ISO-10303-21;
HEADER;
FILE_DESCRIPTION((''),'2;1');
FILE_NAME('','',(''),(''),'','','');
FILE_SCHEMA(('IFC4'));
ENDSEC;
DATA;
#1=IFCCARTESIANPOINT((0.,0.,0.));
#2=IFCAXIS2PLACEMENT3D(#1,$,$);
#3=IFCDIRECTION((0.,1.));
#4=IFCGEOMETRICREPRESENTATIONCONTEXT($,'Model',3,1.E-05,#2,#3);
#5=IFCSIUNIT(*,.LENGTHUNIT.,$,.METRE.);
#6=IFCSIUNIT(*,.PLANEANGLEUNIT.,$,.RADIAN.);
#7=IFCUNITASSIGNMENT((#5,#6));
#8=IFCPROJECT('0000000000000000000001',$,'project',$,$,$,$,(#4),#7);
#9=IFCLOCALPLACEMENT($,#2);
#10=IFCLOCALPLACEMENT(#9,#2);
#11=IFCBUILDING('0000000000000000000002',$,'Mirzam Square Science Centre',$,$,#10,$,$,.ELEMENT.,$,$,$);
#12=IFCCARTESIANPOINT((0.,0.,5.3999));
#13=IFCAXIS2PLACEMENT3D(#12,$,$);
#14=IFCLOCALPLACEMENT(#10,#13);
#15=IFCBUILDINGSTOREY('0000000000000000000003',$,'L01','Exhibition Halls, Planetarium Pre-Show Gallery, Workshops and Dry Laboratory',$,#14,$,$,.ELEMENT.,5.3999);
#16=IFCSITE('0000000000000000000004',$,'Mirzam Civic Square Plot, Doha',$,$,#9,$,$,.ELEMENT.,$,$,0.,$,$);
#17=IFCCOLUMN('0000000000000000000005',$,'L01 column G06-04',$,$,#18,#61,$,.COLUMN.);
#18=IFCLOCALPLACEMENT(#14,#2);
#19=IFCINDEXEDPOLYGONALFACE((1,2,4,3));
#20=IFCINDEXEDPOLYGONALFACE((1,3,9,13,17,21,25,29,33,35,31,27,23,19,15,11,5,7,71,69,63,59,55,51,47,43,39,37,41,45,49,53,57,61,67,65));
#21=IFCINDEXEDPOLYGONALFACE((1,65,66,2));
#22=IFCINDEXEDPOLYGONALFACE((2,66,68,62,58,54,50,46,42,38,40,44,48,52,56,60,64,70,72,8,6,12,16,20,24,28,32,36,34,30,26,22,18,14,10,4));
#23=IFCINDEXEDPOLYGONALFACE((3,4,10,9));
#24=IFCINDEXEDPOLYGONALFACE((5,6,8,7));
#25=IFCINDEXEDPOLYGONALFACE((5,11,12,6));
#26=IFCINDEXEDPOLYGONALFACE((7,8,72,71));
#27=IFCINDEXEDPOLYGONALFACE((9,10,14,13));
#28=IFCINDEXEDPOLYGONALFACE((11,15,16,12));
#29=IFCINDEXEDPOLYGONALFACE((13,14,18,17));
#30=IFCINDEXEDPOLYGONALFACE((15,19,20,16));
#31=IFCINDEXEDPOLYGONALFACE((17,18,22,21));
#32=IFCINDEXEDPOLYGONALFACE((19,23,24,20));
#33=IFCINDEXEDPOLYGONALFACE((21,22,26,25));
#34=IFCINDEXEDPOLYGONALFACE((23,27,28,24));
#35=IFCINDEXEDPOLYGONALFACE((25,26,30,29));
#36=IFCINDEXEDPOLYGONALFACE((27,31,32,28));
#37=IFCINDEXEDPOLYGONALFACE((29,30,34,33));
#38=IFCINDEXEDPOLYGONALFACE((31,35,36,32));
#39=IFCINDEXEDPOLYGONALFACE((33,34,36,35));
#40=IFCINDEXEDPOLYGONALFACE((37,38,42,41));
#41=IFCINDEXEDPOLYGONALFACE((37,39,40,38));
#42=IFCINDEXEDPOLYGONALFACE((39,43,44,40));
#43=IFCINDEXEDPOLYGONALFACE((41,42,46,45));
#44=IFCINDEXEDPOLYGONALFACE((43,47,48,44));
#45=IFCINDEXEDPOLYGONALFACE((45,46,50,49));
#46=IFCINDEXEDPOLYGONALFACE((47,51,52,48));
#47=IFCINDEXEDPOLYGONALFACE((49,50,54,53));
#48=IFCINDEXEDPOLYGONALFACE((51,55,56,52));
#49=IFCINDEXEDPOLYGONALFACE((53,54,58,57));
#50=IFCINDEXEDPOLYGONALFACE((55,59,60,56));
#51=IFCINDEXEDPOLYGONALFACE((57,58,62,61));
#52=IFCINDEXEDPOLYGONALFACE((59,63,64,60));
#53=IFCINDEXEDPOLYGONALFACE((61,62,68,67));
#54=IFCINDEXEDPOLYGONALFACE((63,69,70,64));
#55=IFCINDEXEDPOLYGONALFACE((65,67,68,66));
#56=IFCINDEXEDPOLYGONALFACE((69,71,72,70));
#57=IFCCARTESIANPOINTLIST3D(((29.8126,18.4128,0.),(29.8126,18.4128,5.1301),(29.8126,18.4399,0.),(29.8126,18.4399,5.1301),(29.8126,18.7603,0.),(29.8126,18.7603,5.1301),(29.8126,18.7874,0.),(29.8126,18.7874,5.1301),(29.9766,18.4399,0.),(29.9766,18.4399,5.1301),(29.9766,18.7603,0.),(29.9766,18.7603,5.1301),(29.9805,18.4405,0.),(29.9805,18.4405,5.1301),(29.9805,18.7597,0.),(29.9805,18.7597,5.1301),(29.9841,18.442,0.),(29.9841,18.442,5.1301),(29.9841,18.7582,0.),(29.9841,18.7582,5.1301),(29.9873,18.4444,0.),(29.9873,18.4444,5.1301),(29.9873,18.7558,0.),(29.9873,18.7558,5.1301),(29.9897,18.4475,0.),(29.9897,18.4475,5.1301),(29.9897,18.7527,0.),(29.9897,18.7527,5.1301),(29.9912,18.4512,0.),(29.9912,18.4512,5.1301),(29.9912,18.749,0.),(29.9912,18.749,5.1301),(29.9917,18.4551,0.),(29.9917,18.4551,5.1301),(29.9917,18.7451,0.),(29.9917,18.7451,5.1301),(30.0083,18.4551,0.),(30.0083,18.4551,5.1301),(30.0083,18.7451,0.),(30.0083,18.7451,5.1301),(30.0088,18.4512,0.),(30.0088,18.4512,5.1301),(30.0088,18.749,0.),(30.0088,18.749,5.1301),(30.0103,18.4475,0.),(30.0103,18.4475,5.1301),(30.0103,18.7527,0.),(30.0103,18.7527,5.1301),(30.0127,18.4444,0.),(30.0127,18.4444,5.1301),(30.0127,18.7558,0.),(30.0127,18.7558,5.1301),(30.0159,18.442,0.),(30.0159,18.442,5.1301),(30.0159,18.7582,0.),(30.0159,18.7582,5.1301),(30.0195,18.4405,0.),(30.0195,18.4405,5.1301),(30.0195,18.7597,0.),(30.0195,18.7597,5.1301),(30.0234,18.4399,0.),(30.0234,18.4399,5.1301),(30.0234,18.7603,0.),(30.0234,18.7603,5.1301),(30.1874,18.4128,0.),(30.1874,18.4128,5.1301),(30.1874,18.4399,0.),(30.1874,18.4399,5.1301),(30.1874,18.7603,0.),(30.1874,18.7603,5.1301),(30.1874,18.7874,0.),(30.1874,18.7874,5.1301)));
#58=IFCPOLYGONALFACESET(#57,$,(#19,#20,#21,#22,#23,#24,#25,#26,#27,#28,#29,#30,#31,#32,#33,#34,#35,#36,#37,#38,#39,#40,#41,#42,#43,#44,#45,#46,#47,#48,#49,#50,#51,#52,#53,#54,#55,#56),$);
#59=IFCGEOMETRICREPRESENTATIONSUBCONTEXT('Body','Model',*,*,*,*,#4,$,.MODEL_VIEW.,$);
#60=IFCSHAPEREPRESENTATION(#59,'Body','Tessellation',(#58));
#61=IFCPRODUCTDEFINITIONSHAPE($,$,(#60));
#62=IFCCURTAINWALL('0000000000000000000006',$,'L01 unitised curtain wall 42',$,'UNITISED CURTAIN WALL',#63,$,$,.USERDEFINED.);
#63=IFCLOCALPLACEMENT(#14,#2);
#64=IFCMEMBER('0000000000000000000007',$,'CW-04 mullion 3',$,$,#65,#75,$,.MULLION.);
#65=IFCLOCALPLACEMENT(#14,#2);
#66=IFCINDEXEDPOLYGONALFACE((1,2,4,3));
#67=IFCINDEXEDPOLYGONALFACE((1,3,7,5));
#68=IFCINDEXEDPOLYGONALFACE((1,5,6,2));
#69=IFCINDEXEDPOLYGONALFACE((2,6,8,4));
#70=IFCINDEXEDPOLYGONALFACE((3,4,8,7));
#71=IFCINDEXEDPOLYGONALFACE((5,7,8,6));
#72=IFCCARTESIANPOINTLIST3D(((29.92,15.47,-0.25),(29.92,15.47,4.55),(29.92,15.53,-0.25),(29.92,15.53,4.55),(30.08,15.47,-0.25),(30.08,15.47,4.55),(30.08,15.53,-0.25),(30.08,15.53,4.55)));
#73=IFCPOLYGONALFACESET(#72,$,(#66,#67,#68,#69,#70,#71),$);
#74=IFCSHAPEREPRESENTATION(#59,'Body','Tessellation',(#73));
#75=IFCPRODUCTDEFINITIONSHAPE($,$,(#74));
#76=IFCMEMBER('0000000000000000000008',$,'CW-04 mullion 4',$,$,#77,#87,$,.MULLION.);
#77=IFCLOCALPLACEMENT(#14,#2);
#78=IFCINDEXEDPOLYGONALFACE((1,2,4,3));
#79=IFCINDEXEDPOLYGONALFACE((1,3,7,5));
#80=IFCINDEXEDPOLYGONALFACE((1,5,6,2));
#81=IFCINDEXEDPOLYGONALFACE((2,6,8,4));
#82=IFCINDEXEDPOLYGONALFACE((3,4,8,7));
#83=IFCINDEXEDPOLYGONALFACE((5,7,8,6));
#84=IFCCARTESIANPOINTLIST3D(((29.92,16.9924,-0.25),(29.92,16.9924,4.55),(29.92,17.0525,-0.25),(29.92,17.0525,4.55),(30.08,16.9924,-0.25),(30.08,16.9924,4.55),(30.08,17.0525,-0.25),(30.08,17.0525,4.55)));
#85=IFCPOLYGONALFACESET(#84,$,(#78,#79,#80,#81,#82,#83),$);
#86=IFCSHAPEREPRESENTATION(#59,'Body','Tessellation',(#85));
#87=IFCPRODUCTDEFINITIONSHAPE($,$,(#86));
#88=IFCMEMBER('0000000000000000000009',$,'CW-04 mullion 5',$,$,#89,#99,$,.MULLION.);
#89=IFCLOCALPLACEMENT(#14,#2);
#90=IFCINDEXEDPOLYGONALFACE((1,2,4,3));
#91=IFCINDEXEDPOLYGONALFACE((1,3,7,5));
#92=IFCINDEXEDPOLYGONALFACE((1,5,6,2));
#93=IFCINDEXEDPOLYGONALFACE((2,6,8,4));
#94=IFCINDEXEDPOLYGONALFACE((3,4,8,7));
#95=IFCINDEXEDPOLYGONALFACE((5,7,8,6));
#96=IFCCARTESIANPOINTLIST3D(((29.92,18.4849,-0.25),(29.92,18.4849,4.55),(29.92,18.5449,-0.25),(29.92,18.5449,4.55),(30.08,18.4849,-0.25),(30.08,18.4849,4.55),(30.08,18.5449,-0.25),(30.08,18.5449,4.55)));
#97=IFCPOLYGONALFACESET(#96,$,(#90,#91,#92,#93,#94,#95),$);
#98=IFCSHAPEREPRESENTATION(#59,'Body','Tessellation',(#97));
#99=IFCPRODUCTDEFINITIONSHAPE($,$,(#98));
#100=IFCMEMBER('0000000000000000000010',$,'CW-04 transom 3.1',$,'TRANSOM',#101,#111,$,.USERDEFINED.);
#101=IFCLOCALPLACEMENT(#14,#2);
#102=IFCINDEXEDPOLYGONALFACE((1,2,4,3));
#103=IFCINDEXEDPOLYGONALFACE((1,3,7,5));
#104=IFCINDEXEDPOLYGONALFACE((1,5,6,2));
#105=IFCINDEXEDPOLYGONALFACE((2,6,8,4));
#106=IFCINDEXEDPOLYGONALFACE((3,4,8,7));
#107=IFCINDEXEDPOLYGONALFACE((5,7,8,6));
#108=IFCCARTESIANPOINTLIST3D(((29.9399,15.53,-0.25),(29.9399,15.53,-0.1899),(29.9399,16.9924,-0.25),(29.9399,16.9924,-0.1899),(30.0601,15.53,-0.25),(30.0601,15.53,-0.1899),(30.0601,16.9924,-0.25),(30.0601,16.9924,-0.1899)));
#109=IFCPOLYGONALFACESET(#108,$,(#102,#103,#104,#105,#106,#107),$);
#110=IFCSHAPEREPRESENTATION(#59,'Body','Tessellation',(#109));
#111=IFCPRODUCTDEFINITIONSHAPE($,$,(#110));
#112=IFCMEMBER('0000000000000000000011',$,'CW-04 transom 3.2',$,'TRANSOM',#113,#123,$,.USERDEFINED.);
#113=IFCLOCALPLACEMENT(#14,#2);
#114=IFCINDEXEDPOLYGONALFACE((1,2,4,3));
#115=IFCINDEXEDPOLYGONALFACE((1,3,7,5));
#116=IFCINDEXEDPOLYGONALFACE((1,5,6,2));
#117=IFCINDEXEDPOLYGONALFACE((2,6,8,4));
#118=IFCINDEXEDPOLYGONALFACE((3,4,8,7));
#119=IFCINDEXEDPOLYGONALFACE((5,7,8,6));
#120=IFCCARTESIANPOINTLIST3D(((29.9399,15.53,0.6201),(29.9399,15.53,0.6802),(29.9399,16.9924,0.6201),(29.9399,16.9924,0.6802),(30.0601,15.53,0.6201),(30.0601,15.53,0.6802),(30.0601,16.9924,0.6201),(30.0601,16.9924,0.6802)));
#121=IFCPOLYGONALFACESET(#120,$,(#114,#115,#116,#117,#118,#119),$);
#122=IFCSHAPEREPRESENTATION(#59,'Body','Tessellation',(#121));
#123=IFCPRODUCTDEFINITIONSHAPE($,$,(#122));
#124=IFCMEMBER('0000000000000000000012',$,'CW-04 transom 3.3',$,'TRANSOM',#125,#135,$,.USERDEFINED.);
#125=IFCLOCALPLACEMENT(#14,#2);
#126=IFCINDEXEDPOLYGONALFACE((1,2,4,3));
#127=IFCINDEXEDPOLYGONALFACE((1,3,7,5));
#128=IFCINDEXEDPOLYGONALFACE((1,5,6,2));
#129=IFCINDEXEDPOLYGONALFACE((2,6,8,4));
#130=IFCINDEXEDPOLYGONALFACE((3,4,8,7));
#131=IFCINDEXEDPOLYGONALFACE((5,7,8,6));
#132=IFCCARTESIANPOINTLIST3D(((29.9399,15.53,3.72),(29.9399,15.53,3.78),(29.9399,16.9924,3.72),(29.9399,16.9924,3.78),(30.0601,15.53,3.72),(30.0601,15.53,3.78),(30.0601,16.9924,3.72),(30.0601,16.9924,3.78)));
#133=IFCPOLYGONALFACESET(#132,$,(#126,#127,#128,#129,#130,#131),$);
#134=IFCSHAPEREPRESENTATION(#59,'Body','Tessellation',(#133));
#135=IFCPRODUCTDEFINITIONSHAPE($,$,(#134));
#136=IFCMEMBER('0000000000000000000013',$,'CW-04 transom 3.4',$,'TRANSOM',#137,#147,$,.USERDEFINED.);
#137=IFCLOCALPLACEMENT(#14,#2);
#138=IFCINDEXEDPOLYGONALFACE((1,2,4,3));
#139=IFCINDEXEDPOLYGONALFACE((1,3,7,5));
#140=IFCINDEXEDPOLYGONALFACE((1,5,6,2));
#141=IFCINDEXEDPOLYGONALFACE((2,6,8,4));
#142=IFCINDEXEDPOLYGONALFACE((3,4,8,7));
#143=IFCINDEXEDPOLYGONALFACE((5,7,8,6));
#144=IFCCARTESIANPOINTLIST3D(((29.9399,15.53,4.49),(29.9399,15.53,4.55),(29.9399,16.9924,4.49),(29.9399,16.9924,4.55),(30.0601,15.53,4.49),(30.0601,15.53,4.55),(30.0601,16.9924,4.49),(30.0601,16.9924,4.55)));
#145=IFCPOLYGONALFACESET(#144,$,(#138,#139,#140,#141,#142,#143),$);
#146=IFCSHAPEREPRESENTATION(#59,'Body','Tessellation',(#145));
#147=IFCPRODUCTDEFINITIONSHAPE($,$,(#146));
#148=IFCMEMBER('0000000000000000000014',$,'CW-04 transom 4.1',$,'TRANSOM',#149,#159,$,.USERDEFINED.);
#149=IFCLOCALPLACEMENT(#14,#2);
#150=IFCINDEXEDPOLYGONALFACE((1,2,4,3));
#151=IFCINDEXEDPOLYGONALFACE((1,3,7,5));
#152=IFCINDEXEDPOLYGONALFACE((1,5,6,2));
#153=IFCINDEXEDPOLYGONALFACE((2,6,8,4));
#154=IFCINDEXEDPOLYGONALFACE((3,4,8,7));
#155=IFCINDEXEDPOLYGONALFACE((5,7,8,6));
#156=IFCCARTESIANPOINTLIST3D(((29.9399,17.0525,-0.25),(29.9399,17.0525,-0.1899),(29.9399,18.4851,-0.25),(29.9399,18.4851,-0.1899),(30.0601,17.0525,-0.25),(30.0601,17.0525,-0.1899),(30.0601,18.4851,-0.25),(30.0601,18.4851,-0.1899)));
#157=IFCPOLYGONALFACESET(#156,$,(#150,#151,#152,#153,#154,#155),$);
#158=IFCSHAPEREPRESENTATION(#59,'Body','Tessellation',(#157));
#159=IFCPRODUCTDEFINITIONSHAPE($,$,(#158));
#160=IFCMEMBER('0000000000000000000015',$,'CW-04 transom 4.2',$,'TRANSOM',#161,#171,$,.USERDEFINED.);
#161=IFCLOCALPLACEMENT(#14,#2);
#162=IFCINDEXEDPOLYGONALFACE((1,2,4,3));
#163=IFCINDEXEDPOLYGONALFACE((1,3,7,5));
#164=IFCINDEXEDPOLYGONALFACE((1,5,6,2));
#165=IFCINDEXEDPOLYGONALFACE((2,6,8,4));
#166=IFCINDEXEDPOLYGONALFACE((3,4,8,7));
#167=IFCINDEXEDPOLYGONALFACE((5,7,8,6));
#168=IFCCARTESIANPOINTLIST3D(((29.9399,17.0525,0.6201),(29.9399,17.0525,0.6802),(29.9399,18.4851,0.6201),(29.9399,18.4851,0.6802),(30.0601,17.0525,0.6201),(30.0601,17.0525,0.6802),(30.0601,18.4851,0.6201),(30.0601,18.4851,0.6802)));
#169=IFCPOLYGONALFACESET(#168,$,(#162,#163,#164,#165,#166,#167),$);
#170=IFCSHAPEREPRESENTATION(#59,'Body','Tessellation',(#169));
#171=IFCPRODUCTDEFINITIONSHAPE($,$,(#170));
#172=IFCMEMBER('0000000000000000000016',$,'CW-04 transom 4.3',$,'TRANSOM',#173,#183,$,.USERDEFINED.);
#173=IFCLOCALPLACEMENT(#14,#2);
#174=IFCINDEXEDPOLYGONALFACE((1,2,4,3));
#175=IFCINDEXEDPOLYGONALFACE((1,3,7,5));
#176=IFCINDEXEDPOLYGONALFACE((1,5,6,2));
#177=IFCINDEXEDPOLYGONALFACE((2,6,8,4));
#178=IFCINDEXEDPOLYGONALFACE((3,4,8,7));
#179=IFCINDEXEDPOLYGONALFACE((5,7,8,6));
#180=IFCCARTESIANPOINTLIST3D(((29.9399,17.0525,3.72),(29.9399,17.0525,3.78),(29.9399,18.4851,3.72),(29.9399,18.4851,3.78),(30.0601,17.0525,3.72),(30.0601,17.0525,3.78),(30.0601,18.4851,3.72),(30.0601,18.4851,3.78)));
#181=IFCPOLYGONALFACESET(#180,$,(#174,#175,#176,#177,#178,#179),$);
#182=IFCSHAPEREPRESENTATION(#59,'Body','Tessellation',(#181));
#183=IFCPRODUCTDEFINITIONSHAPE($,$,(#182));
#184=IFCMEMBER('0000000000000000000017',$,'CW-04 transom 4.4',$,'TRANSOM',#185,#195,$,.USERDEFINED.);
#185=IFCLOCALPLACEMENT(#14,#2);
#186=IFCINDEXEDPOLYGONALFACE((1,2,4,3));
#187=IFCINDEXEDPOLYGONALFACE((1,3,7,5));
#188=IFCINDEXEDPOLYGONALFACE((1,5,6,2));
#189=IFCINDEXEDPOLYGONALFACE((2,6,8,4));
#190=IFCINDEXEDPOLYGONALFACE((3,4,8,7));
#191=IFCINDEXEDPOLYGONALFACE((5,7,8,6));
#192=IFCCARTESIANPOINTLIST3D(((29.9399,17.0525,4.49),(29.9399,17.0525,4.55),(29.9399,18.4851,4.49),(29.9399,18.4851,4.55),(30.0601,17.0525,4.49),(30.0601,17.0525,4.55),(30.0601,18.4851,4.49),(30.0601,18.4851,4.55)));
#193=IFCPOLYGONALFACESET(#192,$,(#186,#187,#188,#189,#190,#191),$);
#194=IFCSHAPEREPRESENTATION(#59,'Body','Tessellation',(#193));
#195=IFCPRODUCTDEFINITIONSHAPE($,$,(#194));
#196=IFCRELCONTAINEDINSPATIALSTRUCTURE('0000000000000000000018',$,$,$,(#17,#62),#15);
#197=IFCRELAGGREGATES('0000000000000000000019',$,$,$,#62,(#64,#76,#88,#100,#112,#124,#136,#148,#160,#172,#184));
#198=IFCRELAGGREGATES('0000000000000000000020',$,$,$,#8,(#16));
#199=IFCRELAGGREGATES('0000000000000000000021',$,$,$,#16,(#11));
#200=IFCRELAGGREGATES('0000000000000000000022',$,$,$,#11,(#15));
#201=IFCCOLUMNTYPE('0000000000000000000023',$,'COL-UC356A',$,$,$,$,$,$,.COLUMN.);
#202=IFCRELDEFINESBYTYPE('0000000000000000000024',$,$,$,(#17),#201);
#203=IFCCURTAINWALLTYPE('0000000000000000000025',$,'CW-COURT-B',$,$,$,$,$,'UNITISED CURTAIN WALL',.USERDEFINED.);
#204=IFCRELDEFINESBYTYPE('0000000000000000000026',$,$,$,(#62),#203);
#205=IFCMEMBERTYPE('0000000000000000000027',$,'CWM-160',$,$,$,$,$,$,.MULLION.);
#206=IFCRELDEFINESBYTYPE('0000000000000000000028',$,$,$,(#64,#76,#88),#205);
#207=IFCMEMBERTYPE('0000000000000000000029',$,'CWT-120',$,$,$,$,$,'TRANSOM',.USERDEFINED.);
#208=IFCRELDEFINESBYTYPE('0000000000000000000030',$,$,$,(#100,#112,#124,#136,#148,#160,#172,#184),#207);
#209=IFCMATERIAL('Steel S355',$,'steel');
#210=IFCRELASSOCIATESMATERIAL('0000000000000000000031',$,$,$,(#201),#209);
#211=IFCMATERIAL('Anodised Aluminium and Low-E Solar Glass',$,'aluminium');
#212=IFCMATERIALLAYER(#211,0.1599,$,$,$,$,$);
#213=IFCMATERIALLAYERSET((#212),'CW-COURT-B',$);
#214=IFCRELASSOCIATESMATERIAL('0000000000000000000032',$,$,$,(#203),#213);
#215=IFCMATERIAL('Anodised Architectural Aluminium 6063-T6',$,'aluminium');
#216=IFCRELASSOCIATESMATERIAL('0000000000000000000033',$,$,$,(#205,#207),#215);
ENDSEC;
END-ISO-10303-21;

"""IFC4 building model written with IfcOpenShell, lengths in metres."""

from ifc_helpers import new_model, si_unit, direction, frame, origin, origin_2d, place, context, subcontext, project, spatial, rectangle, i_section, extrude, material, layer, layer_set, material_profile, profile_set, type_object, element, aggregate, save


model = new_model("IFC4")

# Units and contexts
model_context = context("Model", 3, precision=1e-05, world=origin(), true_north=direction((0.0, 1.0)))
body_context = subcontext(model_context, "Body", "Model", "MODEL_VIEW")
ifc_project = project(units=[si_unit("LENGTHUNIT", "METRE"), si_unit("PLANEANGLEUNIT", "RADIAN")], contexts=[model_context])

# Site, building, storey
site_placement = place(None, origin())
site = spatial("IfcSite", under=ifc_project, at=site_placement, Name="Mirzam Civic Square Plot, Doha", CompositionType="ELEMENT", RefElevation=0.0)
building_placement = place(site_placement, origin())
building = spatial("IfcBuilding", under=site, at=building_placement, Name="Mirzam Square Science Centre", CompositionType="ELEMENT")
storey_placement = place(building_placement, frame((0.0, 0.0, 5.3999)))
storey = spatial("IfcBuildingStorey", under=building, at=storey_placement, Name="L01", Description="Exhibition Halls, Planetarium Pre-Show Gallery, Workshops and Dry Laboratory", CompositionType="ELEMENT", Elevation=5.3999)

# Column
ifc_material_1 = material(Name="Steel S355", Category="steel")
ifc_material_profile_1 = material_profile(ifc_material_1, i_section(OverallWidth=0.3748, OverallDepth=0.3745, WebThickness=0.0166, FlangeThickness=0.0271, FilletRadius=0.0151, at=origin_2d()), Name="356x368x202UC")
ifc_profile_set_1 = profile_set([ifc_material_profile_1], Name="Steel S355")
column_type = type_object("IfcColumnType", Name="COL-UC356A", PredefinedType="COLUMN", material=ifc_profile_set_1)
column_placement = place(storey_placement, frame((30.0, 18.6001, 0.0), z_axis=(0.0, 0.0, 1.0), x_axis=(1.0, 0.0, 0.0)))
element("IfcColumn", 1, at=column_placement, inside=storey, type_object=column_type, Name="L01 column G06-04", PredefinedType="COLUMN", context=body_context, shape_type="SweptSolid", body=[
    extrude(i_section(OverallWidth=0.3748, OverallDepth=0.3745, WebThickness=0.0166, FlangeThickness=0.0271, FilletRadius=0.0151, at=origin_2d()), origin(), (0.0, 0.0, 1.0), 5.1301),
])

# Curtain wall, members
ifc_material_2 = material(Name="Anodised Aluminium and Low-E Solar Glass", Category="aluminium")
ifc_layer_1 = layer(ifc_material_2, 0.1599)
ifc_layer_set_1 = layer_set([ifc_layer_1], Name="CW-COURT-B")
curtain_wall_type = type_object("IfcCurtainWallType", Name="CW-COURT-B", ElementType="UNITISED CURTAIN WALL", PredefinedType="USERDEFINED", material=ifc_layer_set_1)
curtain_wall_placement = place(storey_placement, origin())
curtain_wall = element("IfcCurtainWall", 2, at=curtain_wall_placement, inside=storey, type_object=curtain_wall_type, Name="L01 unitised curtain wall 42", ObjectType="UNITISED CURTAIN WALL", PredefinedType="USERDEFINED")
ifc_material_3 = material(Name="Anodised Architectural Aluminium 6063-T6", Category="aluminium")
ifc_material_profile_2 = material_profile(ifc_material_3, rectangle(XDim=0.0601, YDim=0.1599, at=origin_2d()), Name="ALU-MULL-160x60x4")
ifc_profile_set_2 = profile_set([ifc_material_profile_2], Name="Anodised Architectural Aluminium 6063-T6")
member_type_1 = type_object("IfcMemberType", Name="CWM-160", PredefinedType="MULLION", material=ifc_profile_set_2)
member_1_placement = place(storey_placement, frame((30.0, 15.5, -0.25), z_axis=(0.0, 0.0, 1.0), x_axis=(0.0, 1.0, 0.0)))
member_1 = element("IfcMember", 3, at=member_1_placement, type_object=member_type_1, Name="CW-04 mullion 3", PredefinedType="MULLION", context=body_context, shape_type="SweptSolid", body=[
    extrude(rectangle(XDim=0.0601, YDim=0.1599, at=origin_2d()), origin(), (0.0, 0.0, 1.0), 4.8),
])
member_2_placement = place(storey_placement, frame((30.0, 17.0225, -0.25), z_axis=(0.0, 0.0, 1.0), x_axis=(0.0, 1.0, 0.0)))
member_2 = element("IfcMember", 4, at=member_2_placement, type_object=member_type_1, Name="CW-04 mullion 4", PredefinedType="MULLION", context=body_context, shape_type="SweptSolid", body=[
    extrude(rectangle(XDim=0.0601, YDim=0.1599, at=origin_2d()), origin(), (0.0, 0.0, 1.0), 4.8),
])
member_3_placement = place(storey_placement, frame((30.0, 18.5149, -0.25), z_axis=(0.0, 0.0, 1.0), x_axis=(0.0, 1.0, 0.0)))
member_3 = element("IfcMember", 5, at=member_3_placement, type_object=member_type_1, Name="CW-04 mullion 5", PredefinedType="MULLION", context=body_context, shape_type="SweptSolid", body=[
    extrude(rectangle(XDim=0.0601, YDim=0.1599, at=origin_2d()), origin(), (0.0, 0.0, 1.0), 4.8),
])
ifc_material_profile_3 = material_profile(ifc_material_3, rectangle(XDim=0.1201, YDim=0.0601, at=origin_2d()), Name="ALU-TRAN-120x60x4")
ifc_profile_set_3 = profile_set([ifc_material_profile_3], Name="Anodised Architectural Aluminium 6063-T6")
member_type_2 = type_object("IfcMemberType", Name="CWT-120", ElementType="TRANSOM", PredefinedType="USERDEFINED", material=ifc_profile_set_3)
member_4_placement = place(storey_placement, frame((30.0, 15.53, -0.22), z_axis=(0.0, 1.0, 0.0), x_axis=(-1.0, 0.0, 0.0)))
member_4 = element("IfcMember", 6, at=member_4_placement, type_object=member_type_2, Name="CW-04 transom 3.1", ObjectType="TRANSOM", PredefinedType="USERDEFINED", context=body_context, shape_type="SweptSolid", body=[
    extrude(rectangle(XDim=0.1201, YDim=0.0601, at=origin_2d()), origin(), (0.0, 0.0, 1.0), 1.4624),
])
member_5_placement = place(storey_placement, frame((30.0, 15.53, 0.6501), z_axis=(0.0, 1.0, 0.0), x_axis=(-1.0, 0.0, 0.0)))
member_5 = element("IfcMember", 7, at=member_5_placement, type_object=member_type_2, Name="CW-04 transom 3.2", ObjectType="TRANSOM", PredefinedType="USERDEFINED", context=body_context, shape_type="SweptSolid", body=[
    extrude(rectangle(XDim=0.1201, YDim=0.0601, at=origin_2d()), origin(), (0.0, 0.0, 1.0), 1.4624),
])
member_6_placement = place(storey_placement, frame((30.0, 15.53, 3.75), z_axis=(0.0, 1.0, 0.0), x_axis=(-1.0, 0.0, 0.0)))
member_6 = element("IfcMember", 8, at=member_6_placement, type_object=member_type_2, Name="CW-04 transom 3.3", ObjectType="TRANSOM", PredefinedType="USERDEFINED", context=body_context, shape_type="SweptSolid", body=[
    extrude(rectangle(XDim=0.1201, YDim=0.0601, at=origin_2d()), origin(), (0.0, 0.0, 1.0), 1.4624),
])
member_7_placement = place(storey_placement, frame((30.0, 15.53, 4.52), z_axis=(0.0, 1.0, 0.0), x_axis=(-1.0, 0.0, 0.0)))
member_7 = element("IfcMember", 9, at=member_7_placement, type_object=member_type_2, Name="CW-04 transom 3.4", ObjectType="TRANSOM", PredefinedType="USERDEFINED", context=body_context, shape_type="SweptSolid", body=[
    extrude(rectangle(XDim=0.1201, YDim=0.0601, at=origin_2d()), origin(), (0.0, 0.0, 1.0), 1.4624),
])
member_8_placement = place(storey_placement, frame((30.0, 17.0525, -0.22), z_axis=(0.0, 1.0, 0.0), x_axis=(-1.0, 0.0, 0.0)))
member_8 = element("IfcMember", 10, at=member_8_placement, type_object=member_type_2, Name="CW-04 transom 4.1", ObjectType="TRANSOM", PredefinedType="USERDEFINED", context=body_context, shape_type="SweptSolid", body=[
    extrude(rectangle(XDim=0.1201, YDim=0.0601, at=origin_2d()), origin(), (0.0, 0.0, 1.0), 1.4326),
])
member_9_placement = place(storey_placement, frame((30.0, 17.0525, 0.6501), z_axis=(0.0, 1.0, 0.0), x_axis=(-1.0, 0.0, 0.0)))
member_9 = element("IfcMember", 11, at=member_9_placement, type_object=member_type_2, Name="CW-04 transom 4.2", ObjectType="TRANSOM", PredefinedType="USERDEFINED", context=body_context, shape_type="SweptSolid", body=[
    extrude(rectangle(XDim=0.1201, YDim=0.0601, at=origin_2d()), origin(), (0.0, 0.0, 1.0), 1.4326),
])
member_10_placement = place(storey_placement, frame((30.0, 17.0525, 3.75), z_axis=(0.0, 1.0, 0.0), x_axis=(-1.0, 0.0, 0.0)))
member_10 = element("IfcMember", 12, at=member_10_placement, type_object=member_type_2, Name="CW-04 transom 4.3", ObjectType="TRANSOM", PredefinedType="USERDEFINED", context=body_context, shape_type="SweptSolid", body=[
    extrude(rectangle(XDim=0.1201, YDim=0.0601, at=origin_2d()), origin(), (0.0, 0.0, 1.0), 1.4326),
])
member_11_placement = place(storey_placement, frame((30.0, 17.0525, 4.52), z_axis=(0.0, 1.0, 0.0), x_axis=(-1.0, 0.0, 0.0)))
member_11 = element("IfcMember", 13, at=member_11_placement, type_object=member_type_2, Name="CW-04 transom 4.4", ObjectType="TRANSOM", PredefinedType="USERDEFINED", context=body_context, shape_type="SweptSolid", body=[
    extrude(rectangle(XDim=0.1201, YDim=0.0601, at=origin_2d()), origin(), (0.0, 0.0, 1.0), 1.4326),
])

aggregate(curtain_wall, [member_1, member_2, member_3, member_4, member_5, member_6, member_7, member_8, member_9, member_10, member_11])

save(model, "model.ifc")
